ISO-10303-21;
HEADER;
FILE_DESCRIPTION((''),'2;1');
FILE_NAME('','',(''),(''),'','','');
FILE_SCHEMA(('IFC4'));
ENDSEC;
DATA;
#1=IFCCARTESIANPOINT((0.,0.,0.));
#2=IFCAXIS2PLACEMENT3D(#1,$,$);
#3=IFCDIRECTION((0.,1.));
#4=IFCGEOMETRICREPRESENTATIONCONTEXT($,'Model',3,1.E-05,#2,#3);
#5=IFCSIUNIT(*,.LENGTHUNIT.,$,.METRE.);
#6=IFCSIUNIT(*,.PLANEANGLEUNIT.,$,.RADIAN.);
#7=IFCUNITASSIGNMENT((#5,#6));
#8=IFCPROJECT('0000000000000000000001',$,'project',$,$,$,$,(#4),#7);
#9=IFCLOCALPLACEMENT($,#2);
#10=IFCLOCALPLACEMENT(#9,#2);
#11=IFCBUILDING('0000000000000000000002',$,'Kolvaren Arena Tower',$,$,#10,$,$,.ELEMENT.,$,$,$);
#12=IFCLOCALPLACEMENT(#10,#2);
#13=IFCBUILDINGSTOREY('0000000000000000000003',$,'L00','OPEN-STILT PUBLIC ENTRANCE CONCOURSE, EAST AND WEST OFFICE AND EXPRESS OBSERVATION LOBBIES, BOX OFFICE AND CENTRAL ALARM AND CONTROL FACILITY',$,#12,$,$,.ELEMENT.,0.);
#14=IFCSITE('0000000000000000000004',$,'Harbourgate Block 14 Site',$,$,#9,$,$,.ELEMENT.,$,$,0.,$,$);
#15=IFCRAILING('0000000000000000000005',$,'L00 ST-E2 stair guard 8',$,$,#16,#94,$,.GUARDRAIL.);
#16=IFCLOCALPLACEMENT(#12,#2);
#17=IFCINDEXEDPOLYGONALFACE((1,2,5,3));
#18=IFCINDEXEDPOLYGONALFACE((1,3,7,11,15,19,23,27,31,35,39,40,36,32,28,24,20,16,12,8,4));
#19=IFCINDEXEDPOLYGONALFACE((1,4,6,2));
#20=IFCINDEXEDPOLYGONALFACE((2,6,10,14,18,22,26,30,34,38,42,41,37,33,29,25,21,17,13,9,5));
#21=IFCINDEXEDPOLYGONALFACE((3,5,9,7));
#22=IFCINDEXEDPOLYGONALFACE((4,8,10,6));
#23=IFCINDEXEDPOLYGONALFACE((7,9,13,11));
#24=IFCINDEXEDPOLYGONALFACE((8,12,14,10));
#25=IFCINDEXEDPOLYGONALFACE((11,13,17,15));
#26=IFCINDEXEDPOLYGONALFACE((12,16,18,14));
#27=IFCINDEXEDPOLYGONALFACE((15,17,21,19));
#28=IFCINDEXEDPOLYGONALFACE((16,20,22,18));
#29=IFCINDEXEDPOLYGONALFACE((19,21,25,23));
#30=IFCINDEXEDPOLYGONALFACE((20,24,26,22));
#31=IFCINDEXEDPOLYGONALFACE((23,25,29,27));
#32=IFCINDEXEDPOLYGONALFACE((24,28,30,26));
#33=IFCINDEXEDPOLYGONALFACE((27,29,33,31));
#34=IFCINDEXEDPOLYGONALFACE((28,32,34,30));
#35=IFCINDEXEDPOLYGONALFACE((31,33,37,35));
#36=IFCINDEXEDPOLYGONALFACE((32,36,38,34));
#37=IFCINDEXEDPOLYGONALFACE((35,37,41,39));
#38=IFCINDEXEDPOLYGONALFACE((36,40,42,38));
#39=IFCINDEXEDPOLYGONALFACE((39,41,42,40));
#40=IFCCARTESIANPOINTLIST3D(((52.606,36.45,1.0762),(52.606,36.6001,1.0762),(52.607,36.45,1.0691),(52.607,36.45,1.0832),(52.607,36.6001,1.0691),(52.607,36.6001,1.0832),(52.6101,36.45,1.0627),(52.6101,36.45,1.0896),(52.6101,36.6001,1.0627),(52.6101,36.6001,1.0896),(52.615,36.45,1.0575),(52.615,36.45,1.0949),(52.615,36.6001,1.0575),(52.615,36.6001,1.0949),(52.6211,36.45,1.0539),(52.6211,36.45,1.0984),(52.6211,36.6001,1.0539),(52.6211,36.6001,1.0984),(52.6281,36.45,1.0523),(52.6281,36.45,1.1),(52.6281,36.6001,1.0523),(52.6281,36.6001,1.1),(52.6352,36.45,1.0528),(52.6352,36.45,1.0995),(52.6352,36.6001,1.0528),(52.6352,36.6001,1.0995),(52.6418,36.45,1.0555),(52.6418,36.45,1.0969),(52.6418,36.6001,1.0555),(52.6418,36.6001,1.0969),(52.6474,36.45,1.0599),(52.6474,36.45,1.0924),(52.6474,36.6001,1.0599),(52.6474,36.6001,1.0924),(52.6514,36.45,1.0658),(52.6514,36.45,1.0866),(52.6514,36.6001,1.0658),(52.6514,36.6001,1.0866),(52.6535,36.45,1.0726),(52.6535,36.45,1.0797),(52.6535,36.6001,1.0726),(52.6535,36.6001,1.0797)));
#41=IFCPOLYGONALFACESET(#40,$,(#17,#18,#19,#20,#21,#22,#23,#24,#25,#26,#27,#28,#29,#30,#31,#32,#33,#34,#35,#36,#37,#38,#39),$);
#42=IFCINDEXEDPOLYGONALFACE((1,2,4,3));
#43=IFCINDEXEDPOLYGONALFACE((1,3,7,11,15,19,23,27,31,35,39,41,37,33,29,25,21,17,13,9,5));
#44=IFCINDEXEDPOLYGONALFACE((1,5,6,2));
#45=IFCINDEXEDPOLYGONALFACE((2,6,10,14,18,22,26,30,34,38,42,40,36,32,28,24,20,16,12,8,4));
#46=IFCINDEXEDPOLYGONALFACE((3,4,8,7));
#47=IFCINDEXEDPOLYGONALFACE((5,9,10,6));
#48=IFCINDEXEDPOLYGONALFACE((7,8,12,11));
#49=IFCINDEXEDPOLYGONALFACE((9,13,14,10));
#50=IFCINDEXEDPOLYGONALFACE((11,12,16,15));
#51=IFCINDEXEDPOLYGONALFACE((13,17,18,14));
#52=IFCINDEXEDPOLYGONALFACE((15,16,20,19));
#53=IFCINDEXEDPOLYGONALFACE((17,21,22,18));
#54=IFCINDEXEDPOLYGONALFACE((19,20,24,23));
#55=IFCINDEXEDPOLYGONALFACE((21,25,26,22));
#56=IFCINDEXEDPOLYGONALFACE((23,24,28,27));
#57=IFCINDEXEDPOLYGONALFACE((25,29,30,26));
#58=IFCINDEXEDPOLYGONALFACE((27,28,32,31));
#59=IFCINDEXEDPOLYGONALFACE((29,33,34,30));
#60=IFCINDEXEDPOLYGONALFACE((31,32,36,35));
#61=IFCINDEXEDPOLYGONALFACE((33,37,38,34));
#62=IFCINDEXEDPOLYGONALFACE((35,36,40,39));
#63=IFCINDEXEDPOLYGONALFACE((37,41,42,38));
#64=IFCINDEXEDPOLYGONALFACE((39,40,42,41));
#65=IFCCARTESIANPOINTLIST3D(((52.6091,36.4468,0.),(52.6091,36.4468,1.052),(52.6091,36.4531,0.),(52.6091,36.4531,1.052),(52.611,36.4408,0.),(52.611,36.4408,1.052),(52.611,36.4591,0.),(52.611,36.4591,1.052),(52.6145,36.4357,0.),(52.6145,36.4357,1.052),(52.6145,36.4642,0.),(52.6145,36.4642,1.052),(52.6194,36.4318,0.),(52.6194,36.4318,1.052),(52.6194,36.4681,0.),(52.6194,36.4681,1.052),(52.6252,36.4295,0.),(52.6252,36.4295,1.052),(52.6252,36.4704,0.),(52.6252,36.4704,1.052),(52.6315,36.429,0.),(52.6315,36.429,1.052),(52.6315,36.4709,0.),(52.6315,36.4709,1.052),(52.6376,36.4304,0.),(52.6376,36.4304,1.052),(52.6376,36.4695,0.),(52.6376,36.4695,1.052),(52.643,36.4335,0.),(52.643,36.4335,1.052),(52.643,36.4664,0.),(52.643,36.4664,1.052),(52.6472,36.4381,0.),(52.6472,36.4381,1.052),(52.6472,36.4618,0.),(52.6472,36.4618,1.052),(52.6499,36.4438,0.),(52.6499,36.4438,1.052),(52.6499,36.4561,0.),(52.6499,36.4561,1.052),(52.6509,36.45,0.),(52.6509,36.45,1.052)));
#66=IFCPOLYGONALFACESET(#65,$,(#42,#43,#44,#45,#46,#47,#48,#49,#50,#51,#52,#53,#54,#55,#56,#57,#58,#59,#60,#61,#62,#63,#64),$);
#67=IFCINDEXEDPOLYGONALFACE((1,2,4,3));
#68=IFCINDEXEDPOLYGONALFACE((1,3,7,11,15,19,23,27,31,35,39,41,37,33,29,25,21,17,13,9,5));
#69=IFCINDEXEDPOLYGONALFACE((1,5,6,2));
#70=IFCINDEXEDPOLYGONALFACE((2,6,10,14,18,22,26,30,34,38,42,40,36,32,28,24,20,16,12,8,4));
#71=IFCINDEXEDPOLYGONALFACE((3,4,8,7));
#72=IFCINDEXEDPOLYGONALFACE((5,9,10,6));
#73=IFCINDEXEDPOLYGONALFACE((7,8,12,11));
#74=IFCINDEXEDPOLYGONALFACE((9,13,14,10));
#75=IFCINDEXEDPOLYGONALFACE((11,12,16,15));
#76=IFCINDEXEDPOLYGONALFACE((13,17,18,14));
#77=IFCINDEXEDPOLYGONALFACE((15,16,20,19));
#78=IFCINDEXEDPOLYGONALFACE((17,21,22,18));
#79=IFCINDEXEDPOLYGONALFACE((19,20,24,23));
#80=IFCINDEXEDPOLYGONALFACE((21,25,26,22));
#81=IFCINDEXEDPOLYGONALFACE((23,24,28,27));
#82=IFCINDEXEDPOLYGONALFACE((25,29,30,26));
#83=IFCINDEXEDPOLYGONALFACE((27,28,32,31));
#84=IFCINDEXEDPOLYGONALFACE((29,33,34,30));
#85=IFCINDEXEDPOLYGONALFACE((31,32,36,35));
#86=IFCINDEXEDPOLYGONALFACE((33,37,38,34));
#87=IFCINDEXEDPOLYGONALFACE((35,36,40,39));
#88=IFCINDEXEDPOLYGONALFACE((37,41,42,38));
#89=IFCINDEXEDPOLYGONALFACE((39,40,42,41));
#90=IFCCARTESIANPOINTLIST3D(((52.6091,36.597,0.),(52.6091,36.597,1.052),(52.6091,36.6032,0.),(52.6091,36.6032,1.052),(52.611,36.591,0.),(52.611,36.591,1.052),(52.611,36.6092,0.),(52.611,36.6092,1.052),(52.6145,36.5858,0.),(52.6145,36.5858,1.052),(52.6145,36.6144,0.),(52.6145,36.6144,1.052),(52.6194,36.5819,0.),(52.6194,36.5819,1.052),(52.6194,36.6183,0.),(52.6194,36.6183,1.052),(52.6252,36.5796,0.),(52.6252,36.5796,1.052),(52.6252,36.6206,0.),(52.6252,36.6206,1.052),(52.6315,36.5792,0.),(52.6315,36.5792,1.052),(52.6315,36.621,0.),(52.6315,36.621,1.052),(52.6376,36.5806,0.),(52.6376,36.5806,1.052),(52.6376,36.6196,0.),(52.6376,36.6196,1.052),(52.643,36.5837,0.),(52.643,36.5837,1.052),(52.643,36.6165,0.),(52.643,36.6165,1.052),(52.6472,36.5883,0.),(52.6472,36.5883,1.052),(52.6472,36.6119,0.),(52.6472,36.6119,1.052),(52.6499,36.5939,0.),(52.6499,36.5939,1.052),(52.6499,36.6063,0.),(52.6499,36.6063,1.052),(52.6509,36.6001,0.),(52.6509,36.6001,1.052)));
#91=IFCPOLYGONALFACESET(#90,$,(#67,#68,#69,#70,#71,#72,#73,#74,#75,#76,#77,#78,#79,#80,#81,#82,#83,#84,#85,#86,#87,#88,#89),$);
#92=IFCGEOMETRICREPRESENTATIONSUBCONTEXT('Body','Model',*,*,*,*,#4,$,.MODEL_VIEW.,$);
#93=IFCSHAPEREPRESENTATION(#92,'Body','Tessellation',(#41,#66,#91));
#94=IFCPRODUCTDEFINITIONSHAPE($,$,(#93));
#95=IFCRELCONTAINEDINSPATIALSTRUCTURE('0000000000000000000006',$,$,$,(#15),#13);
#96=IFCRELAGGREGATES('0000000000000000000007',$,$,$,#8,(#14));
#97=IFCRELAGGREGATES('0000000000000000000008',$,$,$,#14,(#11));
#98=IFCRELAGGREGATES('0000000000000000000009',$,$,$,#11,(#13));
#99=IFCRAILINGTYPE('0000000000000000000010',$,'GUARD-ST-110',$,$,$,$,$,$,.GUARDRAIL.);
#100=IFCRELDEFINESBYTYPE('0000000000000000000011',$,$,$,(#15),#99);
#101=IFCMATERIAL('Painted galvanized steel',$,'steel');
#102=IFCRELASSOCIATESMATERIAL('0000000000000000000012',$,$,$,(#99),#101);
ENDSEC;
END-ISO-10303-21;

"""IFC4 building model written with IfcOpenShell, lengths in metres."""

from ifc_helpers import new_model, si_unit, direction, frame, origin, origin_2d, place, context, subcontext, project, spatial, circle, extrude, material, type_object, element, save


model = new_model("IFC4")

# Units and contexts
model_context = context("Model", 3, precision=1e-05, world=origin(), true_north=direction((0.0, 1.0)))
body_context = subcontext(model_context, "Body", "Model", "MODEL_VIEW")
ifc_project = project(units=[si_unit("LENGTHUNIT", "METRE"), si_unit("PLANEANGLEUNIT", "RADIAN")], contexts=[model_context])

# Site, building, storey
site_placement = place(None, origin())
site = spatial("IfcSite", under=ifc_project, at=site_placement, Name="Harbourgate Block 14 Site", CompositionType="ELEMENT", RefElevation=0.0)
building_placement = place(site_placement, origin())
building = spatial("IfcBuilding", under=site, at=building_placement, Name="Kolvaren Arena Tower", CompositionType="ELEMENT")
storey_placement = place(building_placement, origin())
storey = spatial("IfcBuildingStorey", under=building, at=storey_placement, Name="L00", Description="OPEN-STILT PUBLIC ENTRANCE CONCOURSE, EAST AND WEST OFFICE AND EXPRESS OBSERVATION LOBBIES, BOX OFFICE AND CENTRAL ALARM AND CONTROL FACILITY", CompositionType="ELEMENT", Elevation=0.0)

# Railing
ifc_material_1 = material(Name="Painted galvanized steel", Category="steel")
railing_type_1 = type_object("IfcRailingType", Name="GUARD-ST-110", PredefinedType="GUARDRAIL", material=ifc_material_1)
railing_1_placement = place(storey_placement, frame((52.6299, 36.45, 0.0)))
element("IfcRailing", 1, at=railing_1_placement, inside=storey, type_object=railing_type_1, Name="L00 ST-E2 stair guard 8", PredefinedType="GUARDRAIL", context=body_context, shape_type="SweptSolid", body=[
    extrude(circle(Radius=0.0239, at=origin_2d()), frame((0.0, 0.0, 1.0762), z_axis=(0.0, 1.0, 0.0), x_axis=(-1.0, 0.0, 0.0)), (0.0, 0.0, 1.0), 0.1501),
    extrude(circle(Radius=0.021, at=origin_2d()), origin(), (0.0, 0.0, 1.0), 1.052),
    extrude(circle(Radius=0.021, at=origin_2d()), frame((0.0, 0.1501, 0.0)), (0.0, 0.0, 1.0), 1.052),
])

save(model, "model.ifc")
